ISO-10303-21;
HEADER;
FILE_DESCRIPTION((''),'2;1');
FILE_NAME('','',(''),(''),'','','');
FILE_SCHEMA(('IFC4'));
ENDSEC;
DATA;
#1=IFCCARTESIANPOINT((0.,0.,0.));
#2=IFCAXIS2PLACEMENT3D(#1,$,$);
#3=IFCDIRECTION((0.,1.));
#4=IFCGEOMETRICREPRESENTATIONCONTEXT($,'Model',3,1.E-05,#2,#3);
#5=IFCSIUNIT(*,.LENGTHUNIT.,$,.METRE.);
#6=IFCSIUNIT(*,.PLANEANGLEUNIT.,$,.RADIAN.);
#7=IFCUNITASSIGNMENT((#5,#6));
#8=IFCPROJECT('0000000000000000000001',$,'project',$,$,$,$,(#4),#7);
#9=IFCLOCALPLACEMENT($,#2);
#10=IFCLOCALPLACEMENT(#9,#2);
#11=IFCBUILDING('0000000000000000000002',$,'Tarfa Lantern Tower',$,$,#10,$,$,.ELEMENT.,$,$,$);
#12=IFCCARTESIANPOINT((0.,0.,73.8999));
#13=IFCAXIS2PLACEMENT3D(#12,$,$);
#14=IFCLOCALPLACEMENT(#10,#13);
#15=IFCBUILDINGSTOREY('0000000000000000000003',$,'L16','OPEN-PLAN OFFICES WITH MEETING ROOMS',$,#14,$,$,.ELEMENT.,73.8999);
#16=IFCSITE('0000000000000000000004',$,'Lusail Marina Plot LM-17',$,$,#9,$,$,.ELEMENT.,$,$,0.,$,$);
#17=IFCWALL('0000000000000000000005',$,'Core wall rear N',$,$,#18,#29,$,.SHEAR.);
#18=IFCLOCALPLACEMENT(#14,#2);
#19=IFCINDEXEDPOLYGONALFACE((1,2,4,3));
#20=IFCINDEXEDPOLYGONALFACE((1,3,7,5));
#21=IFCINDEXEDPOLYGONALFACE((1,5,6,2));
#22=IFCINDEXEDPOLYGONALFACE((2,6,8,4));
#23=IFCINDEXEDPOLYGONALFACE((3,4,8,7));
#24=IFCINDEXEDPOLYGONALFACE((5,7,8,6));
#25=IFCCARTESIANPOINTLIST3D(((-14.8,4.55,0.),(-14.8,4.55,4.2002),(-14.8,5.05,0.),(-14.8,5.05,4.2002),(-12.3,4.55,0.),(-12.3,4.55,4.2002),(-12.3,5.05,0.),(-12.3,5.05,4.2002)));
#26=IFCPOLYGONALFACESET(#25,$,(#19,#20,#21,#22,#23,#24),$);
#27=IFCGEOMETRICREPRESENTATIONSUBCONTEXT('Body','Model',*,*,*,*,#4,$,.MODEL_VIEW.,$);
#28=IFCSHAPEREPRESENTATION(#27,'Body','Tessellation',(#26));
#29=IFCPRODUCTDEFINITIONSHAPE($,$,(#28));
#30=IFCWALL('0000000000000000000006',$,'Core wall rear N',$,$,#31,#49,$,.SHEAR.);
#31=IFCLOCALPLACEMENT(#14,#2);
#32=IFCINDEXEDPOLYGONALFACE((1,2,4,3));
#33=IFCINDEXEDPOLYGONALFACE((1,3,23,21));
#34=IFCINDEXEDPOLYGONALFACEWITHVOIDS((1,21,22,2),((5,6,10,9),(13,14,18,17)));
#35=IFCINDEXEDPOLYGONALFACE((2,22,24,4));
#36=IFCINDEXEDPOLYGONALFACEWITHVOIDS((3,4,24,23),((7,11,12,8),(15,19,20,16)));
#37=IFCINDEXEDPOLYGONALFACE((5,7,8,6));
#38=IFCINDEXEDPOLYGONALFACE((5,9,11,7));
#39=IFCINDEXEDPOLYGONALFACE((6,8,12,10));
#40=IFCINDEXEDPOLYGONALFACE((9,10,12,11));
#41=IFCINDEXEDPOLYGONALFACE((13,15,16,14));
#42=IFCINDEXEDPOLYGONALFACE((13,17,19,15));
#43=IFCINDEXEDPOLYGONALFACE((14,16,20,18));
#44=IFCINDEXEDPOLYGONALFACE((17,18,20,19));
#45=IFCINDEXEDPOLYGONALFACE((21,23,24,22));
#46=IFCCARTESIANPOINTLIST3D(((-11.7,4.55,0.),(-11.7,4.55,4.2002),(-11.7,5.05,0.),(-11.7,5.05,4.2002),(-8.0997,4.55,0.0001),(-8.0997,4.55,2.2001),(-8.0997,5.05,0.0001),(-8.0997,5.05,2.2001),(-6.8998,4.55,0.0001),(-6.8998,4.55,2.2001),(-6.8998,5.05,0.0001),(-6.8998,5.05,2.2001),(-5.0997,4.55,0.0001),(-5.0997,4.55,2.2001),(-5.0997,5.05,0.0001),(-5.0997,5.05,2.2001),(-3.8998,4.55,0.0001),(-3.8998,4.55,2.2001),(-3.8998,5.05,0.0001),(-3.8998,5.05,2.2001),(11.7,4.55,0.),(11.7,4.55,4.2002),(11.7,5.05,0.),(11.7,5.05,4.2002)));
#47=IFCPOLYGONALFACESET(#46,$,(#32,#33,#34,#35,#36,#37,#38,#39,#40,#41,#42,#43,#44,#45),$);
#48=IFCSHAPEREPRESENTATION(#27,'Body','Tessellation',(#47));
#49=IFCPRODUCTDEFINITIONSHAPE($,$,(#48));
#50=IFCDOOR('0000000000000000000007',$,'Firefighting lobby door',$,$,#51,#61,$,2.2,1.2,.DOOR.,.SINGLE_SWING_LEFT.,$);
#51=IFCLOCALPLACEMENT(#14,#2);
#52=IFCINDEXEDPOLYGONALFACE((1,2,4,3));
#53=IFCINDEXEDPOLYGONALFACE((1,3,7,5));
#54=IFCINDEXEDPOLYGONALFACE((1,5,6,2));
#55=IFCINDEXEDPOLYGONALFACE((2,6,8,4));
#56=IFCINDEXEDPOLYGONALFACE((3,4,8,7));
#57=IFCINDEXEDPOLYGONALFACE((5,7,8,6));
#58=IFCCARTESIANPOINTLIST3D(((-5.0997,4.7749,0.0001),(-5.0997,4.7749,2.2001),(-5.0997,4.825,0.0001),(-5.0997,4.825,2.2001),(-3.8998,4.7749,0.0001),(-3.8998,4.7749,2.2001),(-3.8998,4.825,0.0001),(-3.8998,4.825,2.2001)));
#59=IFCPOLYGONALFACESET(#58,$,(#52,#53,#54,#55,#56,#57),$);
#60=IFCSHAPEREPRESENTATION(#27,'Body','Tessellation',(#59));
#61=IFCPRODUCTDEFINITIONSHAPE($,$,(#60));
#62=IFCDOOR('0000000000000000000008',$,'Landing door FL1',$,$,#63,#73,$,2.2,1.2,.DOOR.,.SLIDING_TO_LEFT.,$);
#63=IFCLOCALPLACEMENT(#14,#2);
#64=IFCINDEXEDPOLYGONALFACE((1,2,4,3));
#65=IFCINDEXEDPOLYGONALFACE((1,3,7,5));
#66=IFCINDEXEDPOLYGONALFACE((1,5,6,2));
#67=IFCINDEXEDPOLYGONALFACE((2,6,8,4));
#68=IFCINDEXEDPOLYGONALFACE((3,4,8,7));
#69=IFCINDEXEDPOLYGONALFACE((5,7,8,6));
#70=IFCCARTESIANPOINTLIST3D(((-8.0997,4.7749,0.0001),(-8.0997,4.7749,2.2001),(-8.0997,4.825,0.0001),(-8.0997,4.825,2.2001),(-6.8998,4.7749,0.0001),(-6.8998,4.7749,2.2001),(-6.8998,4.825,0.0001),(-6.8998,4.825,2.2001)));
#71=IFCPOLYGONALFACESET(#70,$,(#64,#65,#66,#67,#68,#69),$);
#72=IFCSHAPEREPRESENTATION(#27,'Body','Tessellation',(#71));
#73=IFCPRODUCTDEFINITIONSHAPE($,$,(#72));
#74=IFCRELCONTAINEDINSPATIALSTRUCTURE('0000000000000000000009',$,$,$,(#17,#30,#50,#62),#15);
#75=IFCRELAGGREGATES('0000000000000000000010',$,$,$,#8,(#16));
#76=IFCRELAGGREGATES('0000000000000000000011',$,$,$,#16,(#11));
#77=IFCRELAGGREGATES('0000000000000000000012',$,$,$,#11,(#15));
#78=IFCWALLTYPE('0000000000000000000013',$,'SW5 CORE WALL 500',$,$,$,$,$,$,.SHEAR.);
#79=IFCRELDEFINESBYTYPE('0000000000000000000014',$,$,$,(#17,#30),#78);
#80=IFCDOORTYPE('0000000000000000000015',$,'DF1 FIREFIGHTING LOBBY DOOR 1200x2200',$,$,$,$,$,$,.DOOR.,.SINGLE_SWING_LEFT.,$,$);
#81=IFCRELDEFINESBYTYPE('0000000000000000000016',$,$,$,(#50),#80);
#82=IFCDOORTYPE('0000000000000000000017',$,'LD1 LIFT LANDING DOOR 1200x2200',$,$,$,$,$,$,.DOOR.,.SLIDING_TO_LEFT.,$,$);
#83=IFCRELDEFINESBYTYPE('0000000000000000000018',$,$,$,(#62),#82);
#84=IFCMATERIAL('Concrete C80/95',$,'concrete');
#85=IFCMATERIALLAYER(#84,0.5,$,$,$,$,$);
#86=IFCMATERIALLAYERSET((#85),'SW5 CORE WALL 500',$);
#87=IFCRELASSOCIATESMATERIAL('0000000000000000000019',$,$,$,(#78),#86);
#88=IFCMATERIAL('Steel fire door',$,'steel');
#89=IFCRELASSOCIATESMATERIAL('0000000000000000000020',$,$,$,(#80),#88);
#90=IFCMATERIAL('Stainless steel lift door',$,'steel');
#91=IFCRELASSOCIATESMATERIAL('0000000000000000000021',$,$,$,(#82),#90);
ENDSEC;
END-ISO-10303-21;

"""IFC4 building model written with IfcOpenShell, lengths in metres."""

from ifc_helpers import new_model, si_unit, direction, frame, frame_2d, origin, place, context, subcontext, project, spatial, rectangle, extrude, material, layer, layer_set, type_object, element, fill, save


model = new_model("IFC4")

# Units and contexts
model_context = context("Model", 3, precision=1e-05, world=origin(), true_north=direction((0.0, 1.0)))
body_context = subcontext(model_context, "Body", "Model", "MODEL_VIEW")
ifc_project = project(units=[si_unit("LENGTHUNIT", "METRE"), si_unit("PLANEANGLEUNIT", "RADIAN")], contexts=[model_context])

# Site, building, storey
site_placement = place(None, origin())
site = spatial("IfcSite", under=ifc_project, at=site_placement, Name="Lusail Marina Plot LM-17", CompositionType="ELEMENT", RefElevation=0.0)
building_placement = place(site_placement, origin())
building = spatial("IfcBuilding", under=site, at=building_placement, Name="Tarfa Lantern Tower", CompositionType="ELEMENT")
storey_placement = place(building_placement, frame((0.0, 0.0, 73.8999)))
storey = spatial("IfcBuildingStorey", under=building, at=storey_placement, Name="L16", Description="OPEN-PLAN OFFICES WITH MEETING ROOMS", CompositionType="ELEMENT", Elevation=73.8999)

# Shared definitions
ifc_material_1 = material(Name="Concrete C80/95", Category="concrete")
ifc_material_2 = material(Name="Steel fire door", Category="steel")

# Wall
ifc_layer_1 = layer(ifc_material_1, 0.5)
ifc_layer_set_1 = layer_set([ifc_layer_1], Name="SW5 CORE WALL 500")
wall_type_1 = type_object("IfcWallType", Name="SW5 CORE WALL 500", PredefinedType="SHEAR", material=ifc_layer_set_1)
wall_1_placement = place(storey_placement, frame((-14.8, 4.8, 0.0), z_axis=(0.0, 0.0, 1.0), x_axis=(1.0, 0.0, 0.0)))
element("IfcWall", 1, at=wall_1_placement, inside=storey, type_object=wall_type_1, Name="Core wall rear N", PredefinedType="SHEAR", context=body_context, shape_type="SweptSolid", body=[
    extrude(rectangle(XDim=2.5, YDim=0.5, at=frame_2d((1.25, 0.0))), origin(), (0.0, 0.0, 1.0), 4.2002),
])

# Wall, openings, doors
wall_2_placement = place(storey_placement, frame((-11.7, 4.8, 0.0), z_axis=(0.0, 0.0, 1.0), x_axis=(1.0, 0.0, 0.0)))
wall_2 = element("IfcWall", 2, at=wall_2_placement, inside=storey, type_object=wall_type_1, Name="Core wall rear N", PredefinedType="SHEAR", context=body_context, shape_type="SweptSolid", body=[
    extrude(rectangle(XDim=23.3999, YDim=0.5, at=frame_2d((11.7, 0.0))), origin(), (0.0, 0.0, 1.0), 4.2002),
])
opening_1_placement = place(wall_2_placement, frame((6.6001, 0.0, 0.0)))
opening_1 = element("IfcOpeningElement", 3, at=opening_1_placement, cuts=wall_2, PredefinedType="OPENING", context=body_context, shape_type="SweptSolid", body=[
    extrude(rectangle(XDim=1.2, YDim=2.2, at=frame_2d((0.6001, 1.1001))), frame((0.0, 0.26, 0.0), z_axis=(0.0, -1.0, 0.0), x_axis=(1.0, 0.0, 0.0)), (0.0, 0.0, 1.0), 0.52),
])
opening_2_placement = place(wall_2_placement, frame((3.6001, 0.0, 0.0)))
opening_2 = element("IfcOpeningElement", 4, at=opening_2_placement, cuts=wall_2, PredefinedType="OPENING", context=body_context, shape_type="SweptSolid", body=[
    extrude(rectangle(XDim=1.2, YDim=2.2, at=frame_2d((0.6001, 1.1001))), frame((0.0, 0.26, 0.0), z_axis=(0.0, -1.0, 0.0), x_axis=(1.0, 0.0, 0.0)), (0.0, 0.0, 1.0), 0.52),
])
door_type_1 = type_object("IfcDoorType", Name="DF1 FIREFIGHTING LOBBY DOOR 1200x2200", OperationType="SINGLE_SWING_LEFT", PredefinedType="DOOR", material=ifc_material_2)
door_1_placement = place(opening_1_placement, origin())
door_1 = element("IfcDoor", 5, at=door_1_placement, inside=storey, type_object=door_type_1, Name="Firefighting lobby door", OperationType="SINGLE_SWING_LEFT", OverallHeight=2.2, OverallWidth=1.2, PredefinedType="DOOR", context=body_context, shape_type="SweptSolid", body=[
    extrude(rectangle(XDim=1.2, YDim=2.2, at=frame_2d((0.6001, 1.1001))), frame((0.0, 0.0249, 0.0), z_axis=(0.0, -1.0, 0.0), x_axis=(1.0, 0.0, 0.0)), (0.0, 0.0, 1.0), 0.05),
])
fill(opening_1, door_1)
ifc_material_3 = material(Name="Stainless steel lift door", Category="steel")
door_type_2 = type_object("IfcDoorType", Name="LD1 LIFT LANDING DOOR 1200x2200", OperationType="SLIDING_TO_LEFT", PredefinedType="DOOR", material=ifc_material_3)
door_2_placement = place(opening_2_placement, origin())
door_2 = element("IfcDoor", 6, at=door_2_placement, inside=storey, type_object=door_type_2, Name="Landing door FL1", OperationType="SLIDING_TO_LEFT", OverallHeight=2.2, OverallWidth=1.2, PredefinedType="DOOR", context=body_context, shape_type="SweptSolid", body=[
    extrude(rectangle(XDim=1.2, YDim=2.2, at=frame_2d((0.6001, 1.1001))), frame((0.0, 0.0249, 0.0), z_axis=(0.0, -1.0, 0.0), x_axis=(1.0, 0.0, 0.0)), (0.0, 0.0, 1.0), 0.05),
])
fill(opening_2, door_2)

save(model, "model.ifc")
